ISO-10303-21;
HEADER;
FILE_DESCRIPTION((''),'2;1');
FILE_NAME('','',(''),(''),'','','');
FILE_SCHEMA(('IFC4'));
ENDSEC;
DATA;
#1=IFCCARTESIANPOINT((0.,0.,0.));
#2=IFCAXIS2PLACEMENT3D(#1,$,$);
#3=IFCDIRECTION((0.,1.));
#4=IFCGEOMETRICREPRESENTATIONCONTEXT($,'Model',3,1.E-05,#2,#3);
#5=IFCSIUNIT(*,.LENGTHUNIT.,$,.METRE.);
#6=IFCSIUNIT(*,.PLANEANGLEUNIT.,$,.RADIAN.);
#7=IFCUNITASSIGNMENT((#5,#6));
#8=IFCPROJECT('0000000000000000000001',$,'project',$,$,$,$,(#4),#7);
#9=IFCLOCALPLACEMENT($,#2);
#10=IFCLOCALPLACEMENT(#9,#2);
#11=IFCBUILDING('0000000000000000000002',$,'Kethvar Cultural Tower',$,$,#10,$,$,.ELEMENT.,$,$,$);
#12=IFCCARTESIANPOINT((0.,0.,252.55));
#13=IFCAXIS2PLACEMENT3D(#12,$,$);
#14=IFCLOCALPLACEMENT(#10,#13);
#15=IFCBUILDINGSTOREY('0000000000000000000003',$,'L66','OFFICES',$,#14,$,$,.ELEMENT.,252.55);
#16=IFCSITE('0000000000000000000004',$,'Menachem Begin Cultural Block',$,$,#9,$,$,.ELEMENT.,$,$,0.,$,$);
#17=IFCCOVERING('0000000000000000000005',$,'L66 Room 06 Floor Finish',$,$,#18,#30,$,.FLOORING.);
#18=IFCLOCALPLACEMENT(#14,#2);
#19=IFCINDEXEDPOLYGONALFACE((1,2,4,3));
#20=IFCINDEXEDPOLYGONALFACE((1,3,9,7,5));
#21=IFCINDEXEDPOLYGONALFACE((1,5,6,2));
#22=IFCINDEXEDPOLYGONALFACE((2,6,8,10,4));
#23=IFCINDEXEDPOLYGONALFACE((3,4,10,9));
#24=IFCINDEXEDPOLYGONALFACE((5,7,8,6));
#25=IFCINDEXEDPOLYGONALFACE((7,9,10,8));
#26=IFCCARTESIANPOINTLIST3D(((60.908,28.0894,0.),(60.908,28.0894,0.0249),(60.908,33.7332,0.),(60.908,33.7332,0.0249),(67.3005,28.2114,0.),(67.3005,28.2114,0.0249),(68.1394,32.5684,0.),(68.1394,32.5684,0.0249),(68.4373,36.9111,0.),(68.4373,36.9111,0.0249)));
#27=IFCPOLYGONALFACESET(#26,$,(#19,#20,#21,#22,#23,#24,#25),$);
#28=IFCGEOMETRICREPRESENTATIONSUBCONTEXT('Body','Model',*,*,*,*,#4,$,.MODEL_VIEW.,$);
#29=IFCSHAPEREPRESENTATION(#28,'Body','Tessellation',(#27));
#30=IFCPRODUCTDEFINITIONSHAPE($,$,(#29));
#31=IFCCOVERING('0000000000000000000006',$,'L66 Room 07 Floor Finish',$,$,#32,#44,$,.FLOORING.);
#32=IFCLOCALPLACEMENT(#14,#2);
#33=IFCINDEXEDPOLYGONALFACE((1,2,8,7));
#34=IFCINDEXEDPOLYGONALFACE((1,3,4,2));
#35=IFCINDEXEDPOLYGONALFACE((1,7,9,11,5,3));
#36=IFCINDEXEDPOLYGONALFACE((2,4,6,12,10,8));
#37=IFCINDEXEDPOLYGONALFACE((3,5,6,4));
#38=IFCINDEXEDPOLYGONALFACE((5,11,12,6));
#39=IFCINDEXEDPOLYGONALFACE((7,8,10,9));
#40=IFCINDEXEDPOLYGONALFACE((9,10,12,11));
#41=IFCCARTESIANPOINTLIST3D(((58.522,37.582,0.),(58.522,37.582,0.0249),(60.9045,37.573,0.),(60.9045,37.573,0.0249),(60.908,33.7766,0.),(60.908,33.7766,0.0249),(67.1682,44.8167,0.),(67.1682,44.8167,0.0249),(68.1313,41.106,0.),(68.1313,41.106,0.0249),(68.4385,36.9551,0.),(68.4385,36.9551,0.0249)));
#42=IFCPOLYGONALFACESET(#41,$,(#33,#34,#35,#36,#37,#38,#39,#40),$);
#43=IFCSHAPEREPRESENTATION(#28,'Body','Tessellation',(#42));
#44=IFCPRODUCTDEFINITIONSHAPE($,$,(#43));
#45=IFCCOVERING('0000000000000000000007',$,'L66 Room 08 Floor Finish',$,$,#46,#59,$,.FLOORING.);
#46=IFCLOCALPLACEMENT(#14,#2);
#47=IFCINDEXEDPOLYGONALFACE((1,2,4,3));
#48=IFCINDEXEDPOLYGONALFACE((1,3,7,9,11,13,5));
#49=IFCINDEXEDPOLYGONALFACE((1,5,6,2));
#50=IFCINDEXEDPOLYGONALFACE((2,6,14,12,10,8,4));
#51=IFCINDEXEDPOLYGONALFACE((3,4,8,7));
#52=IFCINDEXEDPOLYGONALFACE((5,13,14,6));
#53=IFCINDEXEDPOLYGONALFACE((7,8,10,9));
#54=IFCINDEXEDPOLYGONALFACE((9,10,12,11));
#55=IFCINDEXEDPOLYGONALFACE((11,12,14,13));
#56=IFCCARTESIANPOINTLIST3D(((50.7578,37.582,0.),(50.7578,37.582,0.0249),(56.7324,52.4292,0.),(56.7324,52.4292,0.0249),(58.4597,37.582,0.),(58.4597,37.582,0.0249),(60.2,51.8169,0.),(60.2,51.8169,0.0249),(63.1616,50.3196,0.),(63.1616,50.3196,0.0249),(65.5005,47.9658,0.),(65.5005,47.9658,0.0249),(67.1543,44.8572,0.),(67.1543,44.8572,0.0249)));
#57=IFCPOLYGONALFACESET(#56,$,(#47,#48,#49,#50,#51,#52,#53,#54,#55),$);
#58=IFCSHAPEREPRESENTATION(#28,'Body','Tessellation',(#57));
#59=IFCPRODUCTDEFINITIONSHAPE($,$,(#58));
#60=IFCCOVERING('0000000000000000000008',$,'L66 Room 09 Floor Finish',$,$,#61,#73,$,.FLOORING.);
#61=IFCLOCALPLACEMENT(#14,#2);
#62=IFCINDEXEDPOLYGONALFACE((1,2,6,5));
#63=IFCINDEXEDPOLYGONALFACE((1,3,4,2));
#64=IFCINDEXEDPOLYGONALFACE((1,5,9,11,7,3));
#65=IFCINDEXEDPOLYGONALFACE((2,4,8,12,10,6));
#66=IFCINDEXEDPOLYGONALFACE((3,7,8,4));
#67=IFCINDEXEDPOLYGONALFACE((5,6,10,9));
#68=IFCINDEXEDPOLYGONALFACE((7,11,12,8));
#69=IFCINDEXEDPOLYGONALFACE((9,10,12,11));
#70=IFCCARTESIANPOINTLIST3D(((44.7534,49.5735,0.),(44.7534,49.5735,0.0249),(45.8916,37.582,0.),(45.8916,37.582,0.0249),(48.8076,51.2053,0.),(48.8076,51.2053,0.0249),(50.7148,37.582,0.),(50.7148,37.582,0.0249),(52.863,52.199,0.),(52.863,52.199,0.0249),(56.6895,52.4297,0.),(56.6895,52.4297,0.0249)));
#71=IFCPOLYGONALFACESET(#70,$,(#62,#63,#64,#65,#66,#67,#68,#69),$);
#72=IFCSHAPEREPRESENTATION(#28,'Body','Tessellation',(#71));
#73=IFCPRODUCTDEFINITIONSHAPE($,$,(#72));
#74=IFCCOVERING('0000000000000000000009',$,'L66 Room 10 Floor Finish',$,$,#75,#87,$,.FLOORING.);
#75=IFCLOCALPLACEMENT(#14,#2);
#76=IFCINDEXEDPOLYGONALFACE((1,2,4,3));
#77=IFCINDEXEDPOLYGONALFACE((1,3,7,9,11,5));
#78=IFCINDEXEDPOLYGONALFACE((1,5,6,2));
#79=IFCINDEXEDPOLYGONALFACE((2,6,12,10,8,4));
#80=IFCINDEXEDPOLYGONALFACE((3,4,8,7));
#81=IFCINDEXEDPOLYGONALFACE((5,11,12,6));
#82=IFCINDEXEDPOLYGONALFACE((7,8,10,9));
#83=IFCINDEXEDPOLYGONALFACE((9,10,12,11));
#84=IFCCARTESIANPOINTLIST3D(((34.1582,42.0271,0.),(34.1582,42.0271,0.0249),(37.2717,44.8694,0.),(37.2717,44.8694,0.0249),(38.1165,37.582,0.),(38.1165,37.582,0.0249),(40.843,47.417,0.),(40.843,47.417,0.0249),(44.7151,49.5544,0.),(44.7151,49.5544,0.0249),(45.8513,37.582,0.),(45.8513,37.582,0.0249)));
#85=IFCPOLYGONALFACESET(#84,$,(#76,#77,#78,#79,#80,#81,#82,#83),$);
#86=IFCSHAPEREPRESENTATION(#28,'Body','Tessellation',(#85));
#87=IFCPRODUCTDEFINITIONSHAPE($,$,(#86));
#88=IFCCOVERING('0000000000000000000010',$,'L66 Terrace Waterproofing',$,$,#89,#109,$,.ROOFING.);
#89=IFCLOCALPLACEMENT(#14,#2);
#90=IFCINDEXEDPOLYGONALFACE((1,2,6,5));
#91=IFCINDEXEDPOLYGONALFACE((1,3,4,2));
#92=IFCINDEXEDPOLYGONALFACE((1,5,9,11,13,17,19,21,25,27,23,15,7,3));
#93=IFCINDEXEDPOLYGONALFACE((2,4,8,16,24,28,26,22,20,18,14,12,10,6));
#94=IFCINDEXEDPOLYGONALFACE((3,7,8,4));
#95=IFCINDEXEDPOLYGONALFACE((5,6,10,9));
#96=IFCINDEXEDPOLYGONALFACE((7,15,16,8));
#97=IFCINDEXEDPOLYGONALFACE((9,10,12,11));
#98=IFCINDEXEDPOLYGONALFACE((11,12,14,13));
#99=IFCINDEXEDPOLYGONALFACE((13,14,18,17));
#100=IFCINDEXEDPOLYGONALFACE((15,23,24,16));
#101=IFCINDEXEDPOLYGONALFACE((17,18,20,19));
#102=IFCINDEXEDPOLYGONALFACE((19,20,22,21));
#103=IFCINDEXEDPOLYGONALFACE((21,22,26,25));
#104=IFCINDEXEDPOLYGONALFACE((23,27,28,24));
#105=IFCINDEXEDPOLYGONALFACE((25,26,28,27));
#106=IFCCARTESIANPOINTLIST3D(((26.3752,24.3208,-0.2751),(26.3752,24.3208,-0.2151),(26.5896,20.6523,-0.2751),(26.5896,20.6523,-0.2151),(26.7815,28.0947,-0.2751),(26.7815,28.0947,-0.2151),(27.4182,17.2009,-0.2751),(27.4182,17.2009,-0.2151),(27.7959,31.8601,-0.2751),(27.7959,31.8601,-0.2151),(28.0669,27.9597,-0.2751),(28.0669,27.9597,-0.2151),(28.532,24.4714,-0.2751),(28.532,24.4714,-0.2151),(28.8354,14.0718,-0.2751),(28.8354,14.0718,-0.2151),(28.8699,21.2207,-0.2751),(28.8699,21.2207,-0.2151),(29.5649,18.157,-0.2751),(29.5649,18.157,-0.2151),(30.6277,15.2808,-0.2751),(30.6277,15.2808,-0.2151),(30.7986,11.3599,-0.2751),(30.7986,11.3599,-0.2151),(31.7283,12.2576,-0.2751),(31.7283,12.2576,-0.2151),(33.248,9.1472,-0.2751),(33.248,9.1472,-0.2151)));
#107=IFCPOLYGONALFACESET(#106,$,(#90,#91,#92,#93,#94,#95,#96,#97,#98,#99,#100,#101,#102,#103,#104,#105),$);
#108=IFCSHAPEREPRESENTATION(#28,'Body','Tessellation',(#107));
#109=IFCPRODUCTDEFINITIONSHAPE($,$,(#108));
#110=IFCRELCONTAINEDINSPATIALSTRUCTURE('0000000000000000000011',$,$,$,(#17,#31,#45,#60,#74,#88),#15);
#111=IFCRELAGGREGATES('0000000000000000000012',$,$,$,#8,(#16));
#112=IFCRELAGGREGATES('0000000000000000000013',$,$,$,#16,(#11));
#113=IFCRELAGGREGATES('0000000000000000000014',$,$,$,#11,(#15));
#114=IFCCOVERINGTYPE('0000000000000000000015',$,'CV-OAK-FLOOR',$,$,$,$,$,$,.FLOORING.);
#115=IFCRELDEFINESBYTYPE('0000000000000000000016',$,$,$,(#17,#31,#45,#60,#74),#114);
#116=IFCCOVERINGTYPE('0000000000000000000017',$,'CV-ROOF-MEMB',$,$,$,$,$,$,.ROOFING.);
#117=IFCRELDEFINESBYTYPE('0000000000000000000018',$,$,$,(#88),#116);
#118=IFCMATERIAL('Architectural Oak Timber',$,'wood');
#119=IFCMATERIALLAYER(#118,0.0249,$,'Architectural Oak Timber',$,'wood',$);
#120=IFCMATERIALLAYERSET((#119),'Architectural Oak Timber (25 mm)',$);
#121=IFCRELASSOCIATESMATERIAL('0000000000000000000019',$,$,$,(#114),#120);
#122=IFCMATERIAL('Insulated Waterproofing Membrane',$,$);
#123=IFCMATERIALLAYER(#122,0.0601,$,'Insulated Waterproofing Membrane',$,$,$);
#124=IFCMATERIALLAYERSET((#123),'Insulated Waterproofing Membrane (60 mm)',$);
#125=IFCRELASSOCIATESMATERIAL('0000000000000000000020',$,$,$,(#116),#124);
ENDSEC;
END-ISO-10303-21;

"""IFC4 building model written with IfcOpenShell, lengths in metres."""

from ifc_helpers import new_model, si_unit, direction, frame, origin, place, context, subcontext, project, spatial, polyline, outline, extrude, material, layer, layer_set, type_object, element, save


model = new_model("IFC4")

# Units and contexts
model_context = context("Model", 3, precision=1e-05, world=origin(), true_north=direction((0.0, 1.0)))
body_context = subcontext(model_context, "Body", "Model", "MODEL_VIEW")
ifc_project = project(units=[si_unit("LENGTHUNIT", "METRE"), si_unit("PLANEANGLEUNIT", "RADIAN")], contexts=[model_context])

# Site, building, storey
site_placement = place(None, origin())
site = spatial("IfcSite", under=ifc_project, at=site_placement, Name="Menachem Begin Cultural Block", CompositionType="ELEMENT", RefElevation=0.0)
building_placement = place(site_placement, origin())
building = spatial("IfcBuilding", under=site, at=building_placement, Name="Kethvar Cultural Tower", CompositionType="ELEMENT")
storey_placement = place(building_placement, frame((0.0, 0.0, 252.55)))
storey = spatial("IfcBuildingStorey", under=building, at=storey_placement, Name="L66", Description="OFFICES", CompositionType="ELEMENT", Elevation=252.55)

# Coverings
ifc_material_1 = material(Name="Architectural Oak Timber", Category="wood")
ifc_layer_1 = layer(ifc_material_1, 0.0249, Name="Architectural Oak Timber", Category="wood")
ifc_layer_set_1 = layer_set([ifc_layer_1], Name="Architectural Oak Timber (25 mm)")
covering_type_1 = type_object("IfcCoveringType", Name="CV-OAK-FLOOR", PredefinedType="FLOORING", material=ifc_layer_set_1)
covering_1_placement = place(storey_placement, origin())
element("IfcCovering", 1, at=covering_1_placement, inside=storey, type_object=covering_type_1, Name="L66 Room 06 Floor Finish", PredefinedType="FLOORING", context=body_context, shape_type="SweptSolid", body=[
    extrude(outline(polyline([(68.1394, 32.5684), (67.3005, 28.2114), (60.908, 28.0894), (60.908, 33.7332), (68.4373, 36.9111), (68.1394, 32.5684)])), origin(), (0.0, 0.0, 1.0), 0.0249),
])
covering_2_placement = place(storey_placement, origin())
element("IfcCovering", 2, at=covering_2_placement, inside=storey, type_object=covering_type_1, Name="L66 Room 07 Floor Finish", PredefinedType="FLOORING", context=body_context, shape_type="SweptSolid", body=[
    extrude(outline(polyline([(68.1313, 41.106), (68.4385, 36.9551), (60.908, 33.7766), (60.9045, 37.573), (58.522, 37.582), (67.1682, 44.8167), (68.1313, 41.106)])), origin(), (0.0, 0.0, 1.0), 0.0249),
])
covering_3_placement = place(storey_placement, origin())
element("IfcCovering", 3, at=covering_3_placement, inside=storey, type_object=covering_type_1, Name="L66 Room 08 Floor Finish", PredefinedType="FLOORING", context=body_context, shape_type="SweptSolid", body=[
    extrude(outline(polyline([(67.1543, 44.8572), (58.4597, 37.582), (50.7578, 37.582), (56.7324, 52.4292), (60.2, 51.8169), (63.1616, 50.3196), (65.5005, 47.9658), (67.1543, 44.8572)])), origin(), (0.0, 0.0, 1.0), 0.0249),
])
covering_4_placement = place(storey_placement, origin())
element("IfcCovering", 4, at=covering_4_placement, inside=storey, type_object=covering_type_1, Name="L66 Room 09 Floor Finish", PredefinedType="FLOORING", context=body_context, shape_type="SweptSolid", body=[
    extrude(outline(polyline([(48.8076, 51.2053), (52.863, 52.199), (56.6895, 52.4297), (50.7148, 37.582), (45.8916, 37.582), (44.7534, 49.5735), (48.8076, 51.2053)])), origin(), (0.0, 0.0, 1.0), 0.0249),
])
covering_5_placement = place(storey_placement, origin())
element("IfcCovering", 5, at=covering_5_placement, inside=storey, type_object=covering_type_1, Name="L66 Room 10 Floor Finish", PredefinedType="FLOORING", context=body_context, shape_type="SweptSolid", body=[
    extrude(outline(polyline([(37.2717, 44.8694), (40.843, 47.417), (44.7151, 49.5544), (45.8513, 37.582), (38.1165, 37.582), (34.1582, 42.0271), (37.2717, 44.8694)])), origin(), (0.0, 0.0, 1.0), 0.0249),
])
ifc_material_2 = material(Name="Insulated Waterproofing Membrane")
ifc_layer_2 = layer(ifc_material_2, 0.0601, Name="Insulated Waterproofing Membrane")
ifc_layer_set_2 = layer_set([ifc_layer_2], Name="Insulated Waterproofing Membrane (60 mm)")
covering_type_2 = type_object("IfcCoveringType", Name="CV-ROOF-MEMB", PredefinedType="ROOFING", material=ifc_layer_set_2)
covering_6_placement = place(storey_placement, frame((0.0, 0.0, -0.2751)))
element("IfcCovering", 6, at=covering_6_placement, inside=storey, type_object=covering_type_2, Name="L66 Terrace Waterproofing", PredefinedType="ROOFING", context=body_context, shape_type="SweptSolid", body=[
    extrude(outline(polyline([(27.7959, 31.8601), (26.7815, 28.0947), (26.3752, 24.3208), (26.5896, 20.6523), (27.4182, 17.2009), (28.8354, 14.0718), (30.7986, 11.3599), (33.248, 9.1472), (31.7283, 12.2576), (30.6277, 15.2808), (29.5649, 18.157), (28.8699, 21.2207), (28.532, 24.4714), (28.0669, 27.9597), (27.7959, 31.8601)])), origin(), (0.0, 0.0, 1.0), 0.0601),
])

save(model, "model.ifc")
